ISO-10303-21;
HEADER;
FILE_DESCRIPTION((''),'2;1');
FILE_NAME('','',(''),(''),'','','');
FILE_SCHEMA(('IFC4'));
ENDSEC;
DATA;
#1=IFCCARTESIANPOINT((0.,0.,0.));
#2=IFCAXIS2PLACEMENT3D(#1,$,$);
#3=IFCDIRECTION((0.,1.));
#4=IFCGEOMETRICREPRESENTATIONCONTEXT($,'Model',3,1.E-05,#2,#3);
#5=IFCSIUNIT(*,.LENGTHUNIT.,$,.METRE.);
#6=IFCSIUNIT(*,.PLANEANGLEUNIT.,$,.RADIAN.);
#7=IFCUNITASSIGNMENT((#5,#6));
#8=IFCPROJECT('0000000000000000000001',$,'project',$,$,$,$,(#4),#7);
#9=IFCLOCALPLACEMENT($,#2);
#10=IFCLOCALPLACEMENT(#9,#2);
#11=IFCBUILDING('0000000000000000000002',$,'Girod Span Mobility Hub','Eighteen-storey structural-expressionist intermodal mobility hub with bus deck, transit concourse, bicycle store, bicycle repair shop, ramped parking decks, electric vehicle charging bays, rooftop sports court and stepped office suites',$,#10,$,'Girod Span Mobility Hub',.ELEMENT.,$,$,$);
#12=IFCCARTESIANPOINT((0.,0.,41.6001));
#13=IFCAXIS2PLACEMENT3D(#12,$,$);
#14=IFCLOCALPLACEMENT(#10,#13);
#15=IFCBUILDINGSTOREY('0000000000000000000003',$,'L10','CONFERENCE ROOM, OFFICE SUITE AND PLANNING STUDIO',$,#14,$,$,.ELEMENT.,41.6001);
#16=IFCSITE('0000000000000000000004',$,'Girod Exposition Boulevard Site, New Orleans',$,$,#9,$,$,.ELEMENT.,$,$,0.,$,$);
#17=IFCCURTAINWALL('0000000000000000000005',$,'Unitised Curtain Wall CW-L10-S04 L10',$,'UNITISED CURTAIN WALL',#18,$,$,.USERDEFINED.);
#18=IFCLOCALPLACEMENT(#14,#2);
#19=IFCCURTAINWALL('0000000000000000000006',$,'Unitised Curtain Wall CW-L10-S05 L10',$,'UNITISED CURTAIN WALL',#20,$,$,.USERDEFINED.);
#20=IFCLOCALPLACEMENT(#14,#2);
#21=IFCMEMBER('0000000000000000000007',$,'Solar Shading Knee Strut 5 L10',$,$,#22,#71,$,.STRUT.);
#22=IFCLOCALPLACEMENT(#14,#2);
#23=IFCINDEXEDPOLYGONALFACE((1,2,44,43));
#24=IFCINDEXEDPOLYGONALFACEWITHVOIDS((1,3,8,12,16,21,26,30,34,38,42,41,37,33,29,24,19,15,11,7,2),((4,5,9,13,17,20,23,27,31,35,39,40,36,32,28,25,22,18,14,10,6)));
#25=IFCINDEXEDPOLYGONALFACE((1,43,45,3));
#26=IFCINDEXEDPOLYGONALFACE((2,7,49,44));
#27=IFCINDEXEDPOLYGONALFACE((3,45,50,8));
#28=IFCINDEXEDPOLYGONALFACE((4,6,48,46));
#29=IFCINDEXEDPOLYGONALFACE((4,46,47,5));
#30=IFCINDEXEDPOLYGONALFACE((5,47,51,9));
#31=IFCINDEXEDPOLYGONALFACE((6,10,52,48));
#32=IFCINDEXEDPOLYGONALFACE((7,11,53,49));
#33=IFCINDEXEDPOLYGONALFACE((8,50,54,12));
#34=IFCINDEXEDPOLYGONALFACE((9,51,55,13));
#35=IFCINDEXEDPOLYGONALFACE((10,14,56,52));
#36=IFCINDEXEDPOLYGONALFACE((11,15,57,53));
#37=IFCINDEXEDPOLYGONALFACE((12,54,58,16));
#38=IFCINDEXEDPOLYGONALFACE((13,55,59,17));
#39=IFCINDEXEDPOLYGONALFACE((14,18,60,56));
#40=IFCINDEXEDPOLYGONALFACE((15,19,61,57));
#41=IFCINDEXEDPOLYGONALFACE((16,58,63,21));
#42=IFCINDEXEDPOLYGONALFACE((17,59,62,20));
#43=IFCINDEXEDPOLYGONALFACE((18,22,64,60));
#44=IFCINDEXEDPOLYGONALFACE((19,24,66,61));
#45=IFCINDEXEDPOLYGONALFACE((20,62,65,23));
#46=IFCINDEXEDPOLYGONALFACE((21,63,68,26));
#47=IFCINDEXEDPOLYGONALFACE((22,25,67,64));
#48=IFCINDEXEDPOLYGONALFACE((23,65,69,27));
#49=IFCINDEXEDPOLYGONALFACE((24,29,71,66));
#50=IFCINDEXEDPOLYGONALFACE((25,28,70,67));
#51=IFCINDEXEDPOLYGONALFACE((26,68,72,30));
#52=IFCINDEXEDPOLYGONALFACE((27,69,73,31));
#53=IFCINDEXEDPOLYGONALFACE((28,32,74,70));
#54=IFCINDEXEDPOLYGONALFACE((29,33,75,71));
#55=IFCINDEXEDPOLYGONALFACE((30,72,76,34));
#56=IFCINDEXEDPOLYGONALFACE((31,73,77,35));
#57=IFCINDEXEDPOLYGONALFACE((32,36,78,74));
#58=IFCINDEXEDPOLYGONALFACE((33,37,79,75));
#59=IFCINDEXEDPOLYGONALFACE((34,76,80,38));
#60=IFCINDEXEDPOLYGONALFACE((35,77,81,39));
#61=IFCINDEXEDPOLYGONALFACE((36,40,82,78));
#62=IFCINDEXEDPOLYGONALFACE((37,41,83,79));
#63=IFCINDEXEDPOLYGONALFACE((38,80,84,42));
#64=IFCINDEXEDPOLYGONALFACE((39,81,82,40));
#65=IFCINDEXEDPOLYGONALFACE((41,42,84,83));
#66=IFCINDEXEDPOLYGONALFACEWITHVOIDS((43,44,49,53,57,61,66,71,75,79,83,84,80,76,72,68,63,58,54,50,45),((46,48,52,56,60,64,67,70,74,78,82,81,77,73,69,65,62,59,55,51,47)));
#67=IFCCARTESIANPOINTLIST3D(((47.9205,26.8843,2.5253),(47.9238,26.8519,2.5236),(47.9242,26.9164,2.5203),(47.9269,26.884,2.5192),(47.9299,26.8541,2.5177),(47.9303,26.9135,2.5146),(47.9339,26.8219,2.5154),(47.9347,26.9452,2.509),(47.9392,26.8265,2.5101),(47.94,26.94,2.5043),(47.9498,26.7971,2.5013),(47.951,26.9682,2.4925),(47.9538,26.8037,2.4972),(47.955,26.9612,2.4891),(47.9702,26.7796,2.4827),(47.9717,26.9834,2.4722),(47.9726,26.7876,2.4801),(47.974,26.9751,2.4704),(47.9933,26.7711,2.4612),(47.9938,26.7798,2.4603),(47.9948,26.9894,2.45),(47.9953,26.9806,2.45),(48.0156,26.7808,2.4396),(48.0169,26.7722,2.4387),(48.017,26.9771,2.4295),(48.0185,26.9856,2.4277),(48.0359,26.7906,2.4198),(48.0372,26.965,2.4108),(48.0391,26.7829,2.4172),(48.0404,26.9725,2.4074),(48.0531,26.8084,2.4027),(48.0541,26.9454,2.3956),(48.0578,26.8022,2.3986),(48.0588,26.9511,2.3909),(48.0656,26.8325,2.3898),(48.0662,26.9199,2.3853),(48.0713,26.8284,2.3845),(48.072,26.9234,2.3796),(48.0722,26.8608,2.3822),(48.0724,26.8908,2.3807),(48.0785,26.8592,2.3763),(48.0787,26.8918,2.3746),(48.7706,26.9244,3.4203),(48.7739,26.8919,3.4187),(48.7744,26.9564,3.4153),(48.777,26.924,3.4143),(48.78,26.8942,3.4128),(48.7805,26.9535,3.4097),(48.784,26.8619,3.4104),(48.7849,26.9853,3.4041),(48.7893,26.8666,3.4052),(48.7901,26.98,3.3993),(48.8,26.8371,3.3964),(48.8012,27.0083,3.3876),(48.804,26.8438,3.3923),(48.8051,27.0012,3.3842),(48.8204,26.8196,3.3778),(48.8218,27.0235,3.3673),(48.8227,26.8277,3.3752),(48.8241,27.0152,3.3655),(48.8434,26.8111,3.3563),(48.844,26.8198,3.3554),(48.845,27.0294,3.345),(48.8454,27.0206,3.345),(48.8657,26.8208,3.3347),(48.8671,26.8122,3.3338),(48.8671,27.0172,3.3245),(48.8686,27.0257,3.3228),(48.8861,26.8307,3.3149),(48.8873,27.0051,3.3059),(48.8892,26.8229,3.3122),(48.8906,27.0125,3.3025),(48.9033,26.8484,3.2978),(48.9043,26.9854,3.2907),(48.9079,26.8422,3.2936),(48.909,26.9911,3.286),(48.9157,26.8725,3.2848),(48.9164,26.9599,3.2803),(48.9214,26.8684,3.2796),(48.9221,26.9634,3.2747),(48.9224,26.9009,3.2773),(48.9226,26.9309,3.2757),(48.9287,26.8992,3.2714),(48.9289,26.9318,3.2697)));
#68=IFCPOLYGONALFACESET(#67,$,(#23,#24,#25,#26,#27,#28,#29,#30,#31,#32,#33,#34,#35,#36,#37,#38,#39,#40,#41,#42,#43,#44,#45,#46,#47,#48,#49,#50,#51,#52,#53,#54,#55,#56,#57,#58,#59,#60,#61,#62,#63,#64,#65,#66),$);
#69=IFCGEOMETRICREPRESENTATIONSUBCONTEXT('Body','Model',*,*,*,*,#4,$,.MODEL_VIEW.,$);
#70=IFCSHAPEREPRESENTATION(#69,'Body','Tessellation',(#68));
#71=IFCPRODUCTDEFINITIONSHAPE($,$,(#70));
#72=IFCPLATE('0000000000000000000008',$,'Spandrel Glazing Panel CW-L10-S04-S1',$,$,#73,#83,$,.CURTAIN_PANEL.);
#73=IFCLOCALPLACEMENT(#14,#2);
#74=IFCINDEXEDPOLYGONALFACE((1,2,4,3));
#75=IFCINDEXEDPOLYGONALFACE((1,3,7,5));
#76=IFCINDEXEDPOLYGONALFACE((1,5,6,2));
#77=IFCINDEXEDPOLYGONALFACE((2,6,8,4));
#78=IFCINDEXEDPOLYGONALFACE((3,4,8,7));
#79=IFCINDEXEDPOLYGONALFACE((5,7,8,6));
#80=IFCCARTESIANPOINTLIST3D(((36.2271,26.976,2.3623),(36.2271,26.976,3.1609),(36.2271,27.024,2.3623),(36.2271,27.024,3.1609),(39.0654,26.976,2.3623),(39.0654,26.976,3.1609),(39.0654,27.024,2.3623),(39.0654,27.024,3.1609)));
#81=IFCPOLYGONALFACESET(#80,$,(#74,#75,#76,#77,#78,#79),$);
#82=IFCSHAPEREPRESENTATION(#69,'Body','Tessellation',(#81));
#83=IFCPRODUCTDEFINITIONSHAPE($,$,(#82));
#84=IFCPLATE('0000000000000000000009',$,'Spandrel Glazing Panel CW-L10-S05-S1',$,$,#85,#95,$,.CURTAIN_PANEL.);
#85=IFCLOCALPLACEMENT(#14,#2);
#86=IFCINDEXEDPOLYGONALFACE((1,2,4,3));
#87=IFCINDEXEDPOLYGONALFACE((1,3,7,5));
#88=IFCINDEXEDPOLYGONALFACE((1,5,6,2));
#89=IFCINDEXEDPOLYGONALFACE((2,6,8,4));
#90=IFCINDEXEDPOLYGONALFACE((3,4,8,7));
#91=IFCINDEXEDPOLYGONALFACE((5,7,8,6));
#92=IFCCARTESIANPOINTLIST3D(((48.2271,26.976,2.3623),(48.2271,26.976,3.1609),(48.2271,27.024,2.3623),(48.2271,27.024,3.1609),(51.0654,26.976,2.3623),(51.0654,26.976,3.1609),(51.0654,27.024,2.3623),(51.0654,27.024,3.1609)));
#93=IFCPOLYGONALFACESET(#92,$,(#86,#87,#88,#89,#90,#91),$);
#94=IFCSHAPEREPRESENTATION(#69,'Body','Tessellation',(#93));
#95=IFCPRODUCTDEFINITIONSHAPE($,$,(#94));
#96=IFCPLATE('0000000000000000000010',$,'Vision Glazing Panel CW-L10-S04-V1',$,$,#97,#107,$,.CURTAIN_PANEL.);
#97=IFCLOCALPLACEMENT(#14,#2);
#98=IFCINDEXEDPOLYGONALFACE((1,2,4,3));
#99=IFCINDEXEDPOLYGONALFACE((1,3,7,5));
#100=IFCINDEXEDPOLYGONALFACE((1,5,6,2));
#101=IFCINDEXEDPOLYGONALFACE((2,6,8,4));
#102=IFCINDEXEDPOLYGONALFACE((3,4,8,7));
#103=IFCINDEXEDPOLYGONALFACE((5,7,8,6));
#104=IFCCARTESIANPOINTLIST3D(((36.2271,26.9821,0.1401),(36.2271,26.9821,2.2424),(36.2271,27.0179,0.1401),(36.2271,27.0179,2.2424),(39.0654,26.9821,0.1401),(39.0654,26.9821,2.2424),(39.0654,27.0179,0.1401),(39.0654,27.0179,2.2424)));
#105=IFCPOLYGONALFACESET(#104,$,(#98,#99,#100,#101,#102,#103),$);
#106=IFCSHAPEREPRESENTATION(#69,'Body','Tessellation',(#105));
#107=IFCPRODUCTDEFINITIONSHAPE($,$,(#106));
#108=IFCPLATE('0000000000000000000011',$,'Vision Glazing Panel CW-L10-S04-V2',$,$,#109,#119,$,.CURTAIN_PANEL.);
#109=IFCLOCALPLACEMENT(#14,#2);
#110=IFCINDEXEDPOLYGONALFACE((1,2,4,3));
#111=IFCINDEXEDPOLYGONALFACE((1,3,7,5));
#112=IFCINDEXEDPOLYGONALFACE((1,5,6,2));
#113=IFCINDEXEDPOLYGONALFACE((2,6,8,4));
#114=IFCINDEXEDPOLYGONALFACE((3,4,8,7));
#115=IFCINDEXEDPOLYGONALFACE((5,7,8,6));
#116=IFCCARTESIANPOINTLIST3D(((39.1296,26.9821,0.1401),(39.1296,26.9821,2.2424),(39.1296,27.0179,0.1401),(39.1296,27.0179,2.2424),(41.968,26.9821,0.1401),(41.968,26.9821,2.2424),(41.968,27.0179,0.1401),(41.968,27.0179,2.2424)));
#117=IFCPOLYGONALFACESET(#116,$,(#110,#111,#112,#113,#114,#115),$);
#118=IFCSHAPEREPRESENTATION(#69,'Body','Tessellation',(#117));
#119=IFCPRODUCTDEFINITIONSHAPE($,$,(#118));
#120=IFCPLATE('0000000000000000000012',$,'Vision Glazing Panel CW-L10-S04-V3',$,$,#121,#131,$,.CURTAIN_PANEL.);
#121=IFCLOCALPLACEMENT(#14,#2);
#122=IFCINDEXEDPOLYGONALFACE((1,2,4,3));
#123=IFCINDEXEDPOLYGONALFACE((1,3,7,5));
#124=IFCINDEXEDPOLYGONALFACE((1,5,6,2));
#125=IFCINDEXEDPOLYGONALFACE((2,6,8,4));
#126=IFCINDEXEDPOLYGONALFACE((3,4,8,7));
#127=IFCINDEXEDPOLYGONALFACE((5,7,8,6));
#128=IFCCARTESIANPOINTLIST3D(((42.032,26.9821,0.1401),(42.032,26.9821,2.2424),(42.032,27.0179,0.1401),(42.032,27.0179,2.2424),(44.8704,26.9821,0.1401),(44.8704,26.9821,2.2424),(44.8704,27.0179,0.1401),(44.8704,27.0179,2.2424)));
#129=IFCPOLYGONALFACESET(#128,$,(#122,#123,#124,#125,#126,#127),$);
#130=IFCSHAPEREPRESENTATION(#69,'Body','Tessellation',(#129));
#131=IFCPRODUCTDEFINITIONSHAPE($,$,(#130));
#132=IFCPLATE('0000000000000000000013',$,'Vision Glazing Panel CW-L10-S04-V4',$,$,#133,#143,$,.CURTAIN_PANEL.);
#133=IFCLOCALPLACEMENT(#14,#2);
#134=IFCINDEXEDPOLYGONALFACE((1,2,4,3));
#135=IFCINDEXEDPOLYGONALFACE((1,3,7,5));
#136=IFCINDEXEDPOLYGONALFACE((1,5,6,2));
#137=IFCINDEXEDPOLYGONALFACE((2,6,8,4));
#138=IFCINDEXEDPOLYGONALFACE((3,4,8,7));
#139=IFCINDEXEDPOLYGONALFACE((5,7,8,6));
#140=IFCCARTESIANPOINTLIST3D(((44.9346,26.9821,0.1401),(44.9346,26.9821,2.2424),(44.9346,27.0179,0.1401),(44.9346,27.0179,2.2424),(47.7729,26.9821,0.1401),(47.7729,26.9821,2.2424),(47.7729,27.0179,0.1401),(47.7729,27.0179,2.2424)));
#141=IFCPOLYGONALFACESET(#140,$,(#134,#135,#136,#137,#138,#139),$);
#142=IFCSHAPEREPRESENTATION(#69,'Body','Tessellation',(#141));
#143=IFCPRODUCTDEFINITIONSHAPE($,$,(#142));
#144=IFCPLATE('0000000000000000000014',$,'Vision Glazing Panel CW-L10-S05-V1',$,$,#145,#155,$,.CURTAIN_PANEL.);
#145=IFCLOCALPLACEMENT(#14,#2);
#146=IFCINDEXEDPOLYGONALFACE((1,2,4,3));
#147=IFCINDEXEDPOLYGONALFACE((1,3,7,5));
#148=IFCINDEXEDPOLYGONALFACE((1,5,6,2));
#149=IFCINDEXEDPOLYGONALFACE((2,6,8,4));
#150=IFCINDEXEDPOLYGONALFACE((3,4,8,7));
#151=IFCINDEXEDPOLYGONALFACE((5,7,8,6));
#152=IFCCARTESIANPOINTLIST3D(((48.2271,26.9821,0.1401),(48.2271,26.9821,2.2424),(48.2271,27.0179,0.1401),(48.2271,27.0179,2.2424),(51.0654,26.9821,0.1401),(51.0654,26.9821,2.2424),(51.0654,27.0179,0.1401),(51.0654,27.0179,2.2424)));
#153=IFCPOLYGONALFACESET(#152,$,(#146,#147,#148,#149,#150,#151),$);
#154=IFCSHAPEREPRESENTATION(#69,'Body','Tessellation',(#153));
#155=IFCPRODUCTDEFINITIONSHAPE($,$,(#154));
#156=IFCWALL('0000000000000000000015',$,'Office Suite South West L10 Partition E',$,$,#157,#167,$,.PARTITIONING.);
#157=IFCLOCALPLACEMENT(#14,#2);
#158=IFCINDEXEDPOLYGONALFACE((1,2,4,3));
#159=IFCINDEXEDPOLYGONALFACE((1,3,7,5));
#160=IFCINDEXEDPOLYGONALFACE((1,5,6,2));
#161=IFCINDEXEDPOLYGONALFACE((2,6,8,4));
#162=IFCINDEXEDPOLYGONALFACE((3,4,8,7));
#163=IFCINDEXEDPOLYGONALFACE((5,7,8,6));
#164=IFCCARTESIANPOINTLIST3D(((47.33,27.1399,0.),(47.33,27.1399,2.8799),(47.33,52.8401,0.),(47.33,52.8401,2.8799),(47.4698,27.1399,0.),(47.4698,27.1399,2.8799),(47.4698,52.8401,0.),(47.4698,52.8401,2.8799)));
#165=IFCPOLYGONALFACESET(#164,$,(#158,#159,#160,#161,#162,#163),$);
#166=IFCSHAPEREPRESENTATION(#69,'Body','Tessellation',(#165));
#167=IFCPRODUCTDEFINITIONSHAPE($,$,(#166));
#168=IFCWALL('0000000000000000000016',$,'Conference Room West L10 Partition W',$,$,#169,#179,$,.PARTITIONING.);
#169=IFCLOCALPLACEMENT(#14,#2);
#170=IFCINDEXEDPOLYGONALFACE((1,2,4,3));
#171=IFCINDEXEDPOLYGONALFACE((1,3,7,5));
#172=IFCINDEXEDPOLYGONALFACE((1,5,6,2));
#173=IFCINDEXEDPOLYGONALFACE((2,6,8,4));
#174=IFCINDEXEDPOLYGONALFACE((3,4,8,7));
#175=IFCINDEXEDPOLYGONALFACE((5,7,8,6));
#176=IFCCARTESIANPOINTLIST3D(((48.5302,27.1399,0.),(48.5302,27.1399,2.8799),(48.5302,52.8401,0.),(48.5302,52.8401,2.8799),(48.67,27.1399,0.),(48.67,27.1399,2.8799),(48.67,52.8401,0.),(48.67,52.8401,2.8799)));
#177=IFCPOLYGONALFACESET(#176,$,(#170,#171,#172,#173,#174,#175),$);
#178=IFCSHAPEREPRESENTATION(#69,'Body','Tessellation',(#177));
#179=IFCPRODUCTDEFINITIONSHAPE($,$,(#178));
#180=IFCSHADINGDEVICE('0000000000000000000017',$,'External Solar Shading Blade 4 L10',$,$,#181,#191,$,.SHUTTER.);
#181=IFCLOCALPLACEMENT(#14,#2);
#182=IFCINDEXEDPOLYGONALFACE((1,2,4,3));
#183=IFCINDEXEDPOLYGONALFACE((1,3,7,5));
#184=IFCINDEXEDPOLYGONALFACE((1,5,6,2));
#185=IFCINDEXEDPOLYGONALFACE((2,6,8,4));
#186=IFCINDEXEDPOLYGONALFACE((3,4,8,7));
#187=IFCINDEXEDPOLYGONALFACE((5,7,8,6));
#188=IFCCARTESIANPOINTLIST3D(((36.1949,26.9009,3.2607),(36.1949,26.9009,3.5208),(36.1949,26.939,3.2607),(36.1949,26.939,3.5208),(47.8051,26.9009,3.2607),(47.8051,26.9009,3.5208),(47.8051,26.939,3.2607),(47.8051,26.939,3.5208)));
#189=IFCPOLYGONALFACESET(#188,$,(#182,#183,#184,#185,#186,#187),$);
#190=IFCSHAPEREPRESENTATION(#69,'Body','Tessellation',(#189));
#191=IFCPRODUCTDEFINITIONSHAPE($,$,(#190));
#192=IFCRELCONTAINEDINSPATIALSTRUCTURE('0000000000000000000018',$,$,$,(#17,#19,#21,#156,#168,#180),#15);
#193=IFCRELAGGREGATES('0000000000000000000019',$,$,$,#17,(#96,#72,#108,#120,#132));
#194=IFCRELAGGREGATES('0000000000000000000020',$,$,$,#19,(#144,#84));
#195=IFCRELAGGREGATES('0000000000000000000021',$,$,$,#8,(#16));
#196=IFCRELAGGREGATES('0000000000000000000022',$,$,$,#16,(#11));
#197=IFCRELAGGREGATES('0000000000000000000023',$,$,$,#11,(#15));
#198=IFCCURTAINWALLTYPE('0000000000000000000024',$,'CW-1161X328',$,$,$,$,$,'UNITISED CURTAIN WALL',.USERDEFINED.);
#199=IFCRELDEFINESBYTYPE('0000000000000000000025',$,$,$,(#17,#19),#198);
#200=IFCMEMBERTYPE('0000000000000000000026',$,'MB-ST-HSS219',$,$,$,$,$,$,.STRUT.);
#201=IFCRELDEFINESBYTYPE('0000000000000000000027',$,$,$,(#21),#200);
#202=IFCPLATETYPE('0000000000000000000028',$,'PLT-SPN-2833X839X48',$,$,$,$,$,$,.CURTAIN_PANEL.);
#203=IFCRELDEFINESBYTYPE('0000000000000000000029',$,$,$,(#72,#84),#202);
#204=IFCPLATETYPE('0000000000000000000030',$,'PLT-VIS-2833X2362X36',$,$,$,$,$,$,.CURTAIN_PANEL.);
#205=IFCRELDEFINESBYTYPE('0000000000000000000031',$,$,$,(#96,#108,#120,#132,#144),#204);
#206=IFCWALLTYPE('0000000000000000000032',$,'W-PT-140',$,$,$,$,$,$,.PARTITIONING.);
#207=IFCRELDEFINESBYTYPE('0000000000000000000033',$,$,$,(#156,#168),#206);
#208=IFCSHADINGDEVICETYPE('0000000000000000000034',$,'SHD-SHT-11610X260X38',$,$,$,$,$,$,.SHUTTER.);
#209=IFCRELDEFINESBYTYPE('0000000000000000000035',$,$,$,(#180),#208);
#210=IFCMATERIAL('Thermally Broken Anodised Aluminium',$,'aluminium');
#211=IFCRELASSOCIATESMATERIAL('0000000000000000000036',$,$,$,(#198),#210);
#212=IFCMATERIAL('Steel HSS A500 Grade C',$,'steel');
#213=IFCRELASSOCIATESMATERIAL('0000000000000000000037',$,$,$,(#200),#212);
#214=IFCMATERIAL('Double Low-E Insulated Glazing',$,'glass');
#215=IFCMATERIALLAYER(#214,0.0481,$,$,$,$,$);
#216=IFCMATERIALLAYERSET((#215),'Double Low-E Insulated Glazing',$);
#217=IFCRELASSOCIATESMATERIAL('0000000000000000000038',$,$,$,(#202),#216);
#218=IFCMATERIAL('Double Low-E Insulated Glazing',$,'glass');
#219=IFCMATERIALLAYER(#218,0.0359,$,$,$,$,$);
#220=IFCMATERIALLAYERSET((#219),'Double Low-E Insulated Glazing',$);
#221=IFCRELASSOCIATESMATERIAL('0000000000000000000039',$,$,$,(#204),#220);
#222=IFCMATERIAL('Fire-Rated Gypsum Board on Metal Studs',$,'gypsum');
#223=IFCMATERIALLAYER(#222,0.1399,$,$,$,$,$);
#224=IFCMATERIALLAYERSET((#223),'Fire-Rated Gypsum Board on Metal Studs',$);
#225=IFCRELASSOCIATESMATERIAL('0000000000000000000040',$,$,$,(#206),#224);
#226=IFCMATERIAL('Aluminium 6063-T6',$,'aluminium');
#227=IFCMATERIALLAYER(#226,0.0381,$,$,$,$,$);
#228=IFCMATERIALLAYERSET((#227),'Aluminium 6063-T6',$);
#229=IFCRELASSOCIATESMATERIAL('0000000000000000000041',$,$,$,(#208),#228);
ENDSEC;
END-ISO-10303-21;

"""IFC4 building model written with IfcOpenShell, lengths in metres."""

from ifc_helpers import new_model, si_unit, direction, frame, frame_2d, origin, origin_2d, place, context, subcontext, project, spatial, rectangle, hollow_circle, extrude, material, layer, layer_set, material_profile, profile_set, type_object, element, aggregate, save


model = new_model("IFC4")

# Units and contexts
model_context = context("Model", 3, precision=1e-05, world=origin(), true_north=direction((0.0, 1.0)))
body_context = subcontext(model_context, "Body", "Model", "MODEL_VIEW")
ifc_project = project(units=[si_unit("LENGTHUNIT", "METRE"), si_unit("PLANEANGLEUNIT", "RADIAN")], contexts=[model_context])

# Site, building, storey
site_placement = place(None, origin())
site = spatial("IfcSite", under=ifc_project, at=site_placement, Name="Girod Exposition Boulevard Site, New Orleans", CompositionType="ELEMENT", RefElevation=0.0)
building_placement = place(site_placement, origin())
building = spatial("IfcBuilding", under=site, at=building_placement, Name="Girod Span Mobility Hub", Description="Eighteen-storey structural-expressionist intermodal mobility hub with bus deck, transit concourse, bicycle store, bicycle repair shop, ramped parking decks, electric vehicle charging bays, rooftop sports court and stepped office suites", LongName="Girod Span Mobility Hub", CompositionType="ELEMENT")
storey_placement = place(building_placement, frame((0.0, 0.0, 41.6001)))
storey = spatial("IfcBuildingStorey", under=building, at=storey_placement, Name="L10", Description="CONFERENCE ROOM, OFFICE SUITE AND PLANNING STUDIO", CompositionType="ELEMENT", Elevation=41.6001)

# Curtain walls
ifc_material_1 = material(Name="Thermally Broken Anodised Aluminium", Category="aluminium")
curtain_wall_type = type_object("IfcCurtainWallType", Name="CW-1161X328", ElementType="UNITISED CURTAIN WALL", PredefinedType="USERDEFINED", material=ifc_material_1)
curtain_wall_1_placement = place(storey_placement, origin())
curtain_wall_1 = element("IfcCurtainWall", 1, at=curtain_wall_1_placement, inside=storey, type_object=curtain_wall_type, Name="Unitised Curtain Wall CW-L10-S04 L10", ObjectType="UNITISED CURTAIN WALL", PredefinedType="USERDEFINED")
curtain_wall_2_placement = place(storey_placement, origin())
curtain_wall_2 = element("IfcCurtainWall", 2, at=curtain_wall_2_placement, inside=storey, type_object=curtain_wall_type, Name="Unitised Curtain Wall CW-L10-S05 L10", ObjectType="UNITISED CURTAIN WALL", PredefinedType="USERDEFINED")

# Member
ifc_material_2 = material(Name="Steel HSS A500 Grade C", Category="steel")
ifc_material_profile_1 = material_profile(ifc_material_2, hollow_circle(Radius=0.1096, WallThickness=0.0088, at=origin_2d()), Name="HSS219X9.5")
ifc_profile_set_1 = profile_set([ifc_material_profile_1], Name="Steel HSS A500 Grade C")
member_type_1 = type_object("IfcMemberType", Name="MB-ST-HSS219", PredefinedType="STRUT", material=ifc_profile_set_1)
member_1_placement = place(storey_placement, frame((48.0, 26.8799, 2.45), z_axis=(0.688315, 0.032419, 0.724687), x_axis=(-0.047047, 0.998893, 0.0)))
element("IfcMember", 3, at=member_1_placement, inside=storey, type_object=member_type_1, Name="Solar Shading Knee Strut 5 L10", PredefinedType="STRUT", context=body_context, shape_type="SweptSolid", body=[
    extrude(hollow_circle(Radius=0.1096, WallThickness=0.0088, at=origin_2d()), origin(), (0.0, 0.0, 1.0), 1.2351),
])

# Plates
ifc_material_3 = material(Name="Double Low-E Insulated Glazing", Category="glass")
ifc_layer_1 = layer(ifc_material_3, 0.0481)
ifc_layer_set_1 = layer_set([ifc_layer_1], Name="Double Low-E Insulated Glazing")
plate_type_1 = type_object("IfcPlateType", Name="PLT-SPN-2833X839X48", PredefinedType="CURTAIN_PANEL", material=ifc_layer_set_1)
plate_1_placement = place(storey_placement, frame((37.6462, 27.0, 2.3623), z_axis=(0.0, 0.0, 1.0), x_axis=(1.0, 0.0, 0.0)))
plate_1 = element("IfcPlate", 4, at=plate_1_placement, type_object=plate_type_1, Name="Spandrel Glazing Panel CW-L10-S04-S1", PredefinedType="CURTAIN_PANEL", context=body_context, shape_type="SweptSolid", body=[
    extrude(rectangle(XDim=2.8384, YDim=0.0481, at=origin_2d()), origin(), (0.0, 0.0, 1.0), 0.7986),
])
plate_2_placement = place(storey_placement, frame((49.6462, 27.0, 2.3623), z_axis=(0.0, 0.0, 1.0), x_axis=(1.0, 0.0, 0.0)))
plate_2 = element("IfcPlate", 5, at=plate_2_placement, type_object=plate_type_1, Name="Spandrel Glazing Panel CW-L10-S05-S1", PredefinedType="CURTAIN_PANEL", context=body_context, shape_type="SweptSolid", body=[
    extrude(rectangle(XDim=2.8384, YDim=0.0481, at=origin_2d()), origin(), (0.0, 0.0, 1.0), 0.7986),
])
ifc_material_4 = material(Name="Double Low-E Insulated Glazing", Category="glass")
ifc_layer_2 = layer(ifc_material_4, 0.0359)
ifc_layer_set_2 = layer_set([ifc_layer_2], Name="Double Low-E Insulated Glazing")
plate_type_2 = type_object("IfcPlateType", Name="PLT-VIS-2833X2362X36", PredefinedType="CURTAIN_PANEL", material=ifc_layer_set_2)
plate_3_placement = place(storey_placement, frame((37.6462, 27.0, 0.1401), z_axis=(0.0, 0.0, 1.0), x_axis=(1.0, 0.0, 0.0)))
plate_3 = element("IfcPlate", 6, at=plate_3_placement, type_object=plate_type_2, Name="Vision Glazing Panel CW-L10-S04-V1", PredefinedType="CURTAIN_PANEL", context=body_context, shape_type="SweptSolid", body=[
    extrude(rectangle(XDim=2.8384, YDim=0.0359, at=origin_2d()), origin(), (0.0, 0.0, 1.0), 2.1023),
])
plate_4_placement = place(storey_placement, frame((40.5488, 27.0, 0.1401), z_axis=(0.0, 0.0, 1.0), x_axis=(1.0, 0.0, 0.0)))
plate_4 = element("IfcPlate", 7, at=plate_4_placement, type_object=plate_type_2, Name="Vision Glazing Panel CW-L10-S04-V2", PredefinedType="CURTAIN_PANEL", context=body_context, shape_type="SweptSolid", body=[
    extrude(rectangle(XDim=2.8384, YDim=0.0359, at=origin_2d()), origin(), (0.0, 0.0, 1.0), 2.1023),
])
plate_5_placement = place(storey_placement, frame((43.4512, 27.0, 0.1401), z_axis=(0.0, 0.0, 1.0), x_axis=(1.0, 0.0, 0.0)))
plate_5 = element("IfcPlate", 8, at=plate_5_placement, type_object=plate_type_2, Name="Vision Glazing Panel CW-L10-S04-V3", PredefinedType="CURTAIN_PANEL", context=body_context, shape_type="SweptSolid", body=[
    extrude(rectangle(XDim=2.8384, YDim=0.0359, at=origin_2d()), origin(), (0.0, 0.0, 1.0), 2.1023),
])
plate_6_placement = place(storey_placement, frame((46.3538, 27.0, 0.1401), z_axis=(0.0, 0.0, 1.0), x_axis=(1.0, 0.0, 0.0)))
plate_6 = element("IfcPlate", 9, at=plate_6_placement, type_object=plate_type_2, Name="Vision Glazing Panel CW-L10-S04-V4", PredefinedType="CURTAIN_PANEL", context=body_context, shape_type="SweptSolid", body=[
    extrude(rectangle(XDim=2.8384, YDim=0.0359, at=origin_2d()), origin(), (0.0, 0.0, 1.0), 2.1023),
])
aggregate(curtain_wall_1, [plate_3, plate_1, plate_4, plate_5, plate_6])
plate_7_placement = place(storey_placement, frame((49.6462, 27.0, 0.1401), z_axis=(0.0, 0.0, 1.0), x_axis=(1.0, 0.0, 0.0)))
plate_7 = element("IfcPlate", 10, at=plate_7_placement, type_object=plate_type_2, Name="Vision Glazing Panel CW-L10-S05-V1", PredefinedType="CURTAIN_PANEL", context=body_context, shape_type="SweptSolid", body=[
    extrude(rectangle(XDim=2.8384, YDim=0.0359, at=origin_2d()), origin(), (0.0, 0.0, 1.0), 2.1023),
])
aggregate(curtain_wall_2, [plate_7, plate_2])

# Walls
ifc_material_5 = material(Name="Fire-Rated Gypsum Board on Metal Studs", Category="gypsum")
ifc_layer_3 = layer(ifc_material_5, 0.1399)
ifc_layer_set_3 = layer_set([ifc_layer_3], Name="Fire-Rated Gypsum Board on Metal Studs")
wall_type = type_object("IfcWallType", Name="W-PT-140", PredefinedType="PARTITIONING", material=ifc_layer_set_3)
for number, where, z_axis, x_axis, name in (
    (11, (47.3999, 27.1399, 0.0), (0.0, 0.0, 1.0), (0.0, 1.0, 0.0), "Office Suite South West L10 Partition E"),
    (12, (48.6001, 27.1399, 0.0), (0.0, 0.0, 1.0), (0.0, 1.0, 0.0), "Conference Room West L10 Partition W"),
):
    element("IfcWall", number, at=place(storey_placement, frame(where, z_axis=z_axis, x_axis=x_axis)), inside=storey, type_object=wall_type, Name=name, PredefinedType="PARTITIONING", context=body_context, shape_type="SweptSolid", body=[
        extrude(rectangle(XDim=25.7002, YDim=0.1399, at=frame_2d((12.8501, 0.0))), origin(), (0.0, 0.0, 1.0), 2.8799),
    ])

# Shading device
ifc_material_6 = material(Name="Aluminium 6063-T6", Category="aluminium")
ifc_layer_4 = layer(ifc_material_6, 0.0381)
ifc_layer_set_4 = layer_set([ifc_layer_4], Name="Aluminium 6063-T6")
shading_device_type = type_object("IfcShadingDeviceType", Name="SHD-SHT-11610X260X38", PredefinedType="SHUTTER", material=ifc_layer_set_4)
shading_device_placement = place(storey_placement, frame((42.0, 26.9199, 3.2607), z_axis=(0.0, 0.0, 1.0), x_axis=(1.0, 0.0, 0.0)))
element("IfcShadingDevice", 13, at=shading_device_placement, inside=storey, type_object=shading_device_type, Name="External Solar Shading Blade 4 L10", PredefinedType="SHUTTER", context=body_context, shape_type="SweptSolid", body=[
    extrude(rectangle(XDim=11.6101, YDim=0.0381, at=origin_2d()), origin(), (0.0, 0.0, 1.0), 0.26),
])

save(model, "model.ifc")
